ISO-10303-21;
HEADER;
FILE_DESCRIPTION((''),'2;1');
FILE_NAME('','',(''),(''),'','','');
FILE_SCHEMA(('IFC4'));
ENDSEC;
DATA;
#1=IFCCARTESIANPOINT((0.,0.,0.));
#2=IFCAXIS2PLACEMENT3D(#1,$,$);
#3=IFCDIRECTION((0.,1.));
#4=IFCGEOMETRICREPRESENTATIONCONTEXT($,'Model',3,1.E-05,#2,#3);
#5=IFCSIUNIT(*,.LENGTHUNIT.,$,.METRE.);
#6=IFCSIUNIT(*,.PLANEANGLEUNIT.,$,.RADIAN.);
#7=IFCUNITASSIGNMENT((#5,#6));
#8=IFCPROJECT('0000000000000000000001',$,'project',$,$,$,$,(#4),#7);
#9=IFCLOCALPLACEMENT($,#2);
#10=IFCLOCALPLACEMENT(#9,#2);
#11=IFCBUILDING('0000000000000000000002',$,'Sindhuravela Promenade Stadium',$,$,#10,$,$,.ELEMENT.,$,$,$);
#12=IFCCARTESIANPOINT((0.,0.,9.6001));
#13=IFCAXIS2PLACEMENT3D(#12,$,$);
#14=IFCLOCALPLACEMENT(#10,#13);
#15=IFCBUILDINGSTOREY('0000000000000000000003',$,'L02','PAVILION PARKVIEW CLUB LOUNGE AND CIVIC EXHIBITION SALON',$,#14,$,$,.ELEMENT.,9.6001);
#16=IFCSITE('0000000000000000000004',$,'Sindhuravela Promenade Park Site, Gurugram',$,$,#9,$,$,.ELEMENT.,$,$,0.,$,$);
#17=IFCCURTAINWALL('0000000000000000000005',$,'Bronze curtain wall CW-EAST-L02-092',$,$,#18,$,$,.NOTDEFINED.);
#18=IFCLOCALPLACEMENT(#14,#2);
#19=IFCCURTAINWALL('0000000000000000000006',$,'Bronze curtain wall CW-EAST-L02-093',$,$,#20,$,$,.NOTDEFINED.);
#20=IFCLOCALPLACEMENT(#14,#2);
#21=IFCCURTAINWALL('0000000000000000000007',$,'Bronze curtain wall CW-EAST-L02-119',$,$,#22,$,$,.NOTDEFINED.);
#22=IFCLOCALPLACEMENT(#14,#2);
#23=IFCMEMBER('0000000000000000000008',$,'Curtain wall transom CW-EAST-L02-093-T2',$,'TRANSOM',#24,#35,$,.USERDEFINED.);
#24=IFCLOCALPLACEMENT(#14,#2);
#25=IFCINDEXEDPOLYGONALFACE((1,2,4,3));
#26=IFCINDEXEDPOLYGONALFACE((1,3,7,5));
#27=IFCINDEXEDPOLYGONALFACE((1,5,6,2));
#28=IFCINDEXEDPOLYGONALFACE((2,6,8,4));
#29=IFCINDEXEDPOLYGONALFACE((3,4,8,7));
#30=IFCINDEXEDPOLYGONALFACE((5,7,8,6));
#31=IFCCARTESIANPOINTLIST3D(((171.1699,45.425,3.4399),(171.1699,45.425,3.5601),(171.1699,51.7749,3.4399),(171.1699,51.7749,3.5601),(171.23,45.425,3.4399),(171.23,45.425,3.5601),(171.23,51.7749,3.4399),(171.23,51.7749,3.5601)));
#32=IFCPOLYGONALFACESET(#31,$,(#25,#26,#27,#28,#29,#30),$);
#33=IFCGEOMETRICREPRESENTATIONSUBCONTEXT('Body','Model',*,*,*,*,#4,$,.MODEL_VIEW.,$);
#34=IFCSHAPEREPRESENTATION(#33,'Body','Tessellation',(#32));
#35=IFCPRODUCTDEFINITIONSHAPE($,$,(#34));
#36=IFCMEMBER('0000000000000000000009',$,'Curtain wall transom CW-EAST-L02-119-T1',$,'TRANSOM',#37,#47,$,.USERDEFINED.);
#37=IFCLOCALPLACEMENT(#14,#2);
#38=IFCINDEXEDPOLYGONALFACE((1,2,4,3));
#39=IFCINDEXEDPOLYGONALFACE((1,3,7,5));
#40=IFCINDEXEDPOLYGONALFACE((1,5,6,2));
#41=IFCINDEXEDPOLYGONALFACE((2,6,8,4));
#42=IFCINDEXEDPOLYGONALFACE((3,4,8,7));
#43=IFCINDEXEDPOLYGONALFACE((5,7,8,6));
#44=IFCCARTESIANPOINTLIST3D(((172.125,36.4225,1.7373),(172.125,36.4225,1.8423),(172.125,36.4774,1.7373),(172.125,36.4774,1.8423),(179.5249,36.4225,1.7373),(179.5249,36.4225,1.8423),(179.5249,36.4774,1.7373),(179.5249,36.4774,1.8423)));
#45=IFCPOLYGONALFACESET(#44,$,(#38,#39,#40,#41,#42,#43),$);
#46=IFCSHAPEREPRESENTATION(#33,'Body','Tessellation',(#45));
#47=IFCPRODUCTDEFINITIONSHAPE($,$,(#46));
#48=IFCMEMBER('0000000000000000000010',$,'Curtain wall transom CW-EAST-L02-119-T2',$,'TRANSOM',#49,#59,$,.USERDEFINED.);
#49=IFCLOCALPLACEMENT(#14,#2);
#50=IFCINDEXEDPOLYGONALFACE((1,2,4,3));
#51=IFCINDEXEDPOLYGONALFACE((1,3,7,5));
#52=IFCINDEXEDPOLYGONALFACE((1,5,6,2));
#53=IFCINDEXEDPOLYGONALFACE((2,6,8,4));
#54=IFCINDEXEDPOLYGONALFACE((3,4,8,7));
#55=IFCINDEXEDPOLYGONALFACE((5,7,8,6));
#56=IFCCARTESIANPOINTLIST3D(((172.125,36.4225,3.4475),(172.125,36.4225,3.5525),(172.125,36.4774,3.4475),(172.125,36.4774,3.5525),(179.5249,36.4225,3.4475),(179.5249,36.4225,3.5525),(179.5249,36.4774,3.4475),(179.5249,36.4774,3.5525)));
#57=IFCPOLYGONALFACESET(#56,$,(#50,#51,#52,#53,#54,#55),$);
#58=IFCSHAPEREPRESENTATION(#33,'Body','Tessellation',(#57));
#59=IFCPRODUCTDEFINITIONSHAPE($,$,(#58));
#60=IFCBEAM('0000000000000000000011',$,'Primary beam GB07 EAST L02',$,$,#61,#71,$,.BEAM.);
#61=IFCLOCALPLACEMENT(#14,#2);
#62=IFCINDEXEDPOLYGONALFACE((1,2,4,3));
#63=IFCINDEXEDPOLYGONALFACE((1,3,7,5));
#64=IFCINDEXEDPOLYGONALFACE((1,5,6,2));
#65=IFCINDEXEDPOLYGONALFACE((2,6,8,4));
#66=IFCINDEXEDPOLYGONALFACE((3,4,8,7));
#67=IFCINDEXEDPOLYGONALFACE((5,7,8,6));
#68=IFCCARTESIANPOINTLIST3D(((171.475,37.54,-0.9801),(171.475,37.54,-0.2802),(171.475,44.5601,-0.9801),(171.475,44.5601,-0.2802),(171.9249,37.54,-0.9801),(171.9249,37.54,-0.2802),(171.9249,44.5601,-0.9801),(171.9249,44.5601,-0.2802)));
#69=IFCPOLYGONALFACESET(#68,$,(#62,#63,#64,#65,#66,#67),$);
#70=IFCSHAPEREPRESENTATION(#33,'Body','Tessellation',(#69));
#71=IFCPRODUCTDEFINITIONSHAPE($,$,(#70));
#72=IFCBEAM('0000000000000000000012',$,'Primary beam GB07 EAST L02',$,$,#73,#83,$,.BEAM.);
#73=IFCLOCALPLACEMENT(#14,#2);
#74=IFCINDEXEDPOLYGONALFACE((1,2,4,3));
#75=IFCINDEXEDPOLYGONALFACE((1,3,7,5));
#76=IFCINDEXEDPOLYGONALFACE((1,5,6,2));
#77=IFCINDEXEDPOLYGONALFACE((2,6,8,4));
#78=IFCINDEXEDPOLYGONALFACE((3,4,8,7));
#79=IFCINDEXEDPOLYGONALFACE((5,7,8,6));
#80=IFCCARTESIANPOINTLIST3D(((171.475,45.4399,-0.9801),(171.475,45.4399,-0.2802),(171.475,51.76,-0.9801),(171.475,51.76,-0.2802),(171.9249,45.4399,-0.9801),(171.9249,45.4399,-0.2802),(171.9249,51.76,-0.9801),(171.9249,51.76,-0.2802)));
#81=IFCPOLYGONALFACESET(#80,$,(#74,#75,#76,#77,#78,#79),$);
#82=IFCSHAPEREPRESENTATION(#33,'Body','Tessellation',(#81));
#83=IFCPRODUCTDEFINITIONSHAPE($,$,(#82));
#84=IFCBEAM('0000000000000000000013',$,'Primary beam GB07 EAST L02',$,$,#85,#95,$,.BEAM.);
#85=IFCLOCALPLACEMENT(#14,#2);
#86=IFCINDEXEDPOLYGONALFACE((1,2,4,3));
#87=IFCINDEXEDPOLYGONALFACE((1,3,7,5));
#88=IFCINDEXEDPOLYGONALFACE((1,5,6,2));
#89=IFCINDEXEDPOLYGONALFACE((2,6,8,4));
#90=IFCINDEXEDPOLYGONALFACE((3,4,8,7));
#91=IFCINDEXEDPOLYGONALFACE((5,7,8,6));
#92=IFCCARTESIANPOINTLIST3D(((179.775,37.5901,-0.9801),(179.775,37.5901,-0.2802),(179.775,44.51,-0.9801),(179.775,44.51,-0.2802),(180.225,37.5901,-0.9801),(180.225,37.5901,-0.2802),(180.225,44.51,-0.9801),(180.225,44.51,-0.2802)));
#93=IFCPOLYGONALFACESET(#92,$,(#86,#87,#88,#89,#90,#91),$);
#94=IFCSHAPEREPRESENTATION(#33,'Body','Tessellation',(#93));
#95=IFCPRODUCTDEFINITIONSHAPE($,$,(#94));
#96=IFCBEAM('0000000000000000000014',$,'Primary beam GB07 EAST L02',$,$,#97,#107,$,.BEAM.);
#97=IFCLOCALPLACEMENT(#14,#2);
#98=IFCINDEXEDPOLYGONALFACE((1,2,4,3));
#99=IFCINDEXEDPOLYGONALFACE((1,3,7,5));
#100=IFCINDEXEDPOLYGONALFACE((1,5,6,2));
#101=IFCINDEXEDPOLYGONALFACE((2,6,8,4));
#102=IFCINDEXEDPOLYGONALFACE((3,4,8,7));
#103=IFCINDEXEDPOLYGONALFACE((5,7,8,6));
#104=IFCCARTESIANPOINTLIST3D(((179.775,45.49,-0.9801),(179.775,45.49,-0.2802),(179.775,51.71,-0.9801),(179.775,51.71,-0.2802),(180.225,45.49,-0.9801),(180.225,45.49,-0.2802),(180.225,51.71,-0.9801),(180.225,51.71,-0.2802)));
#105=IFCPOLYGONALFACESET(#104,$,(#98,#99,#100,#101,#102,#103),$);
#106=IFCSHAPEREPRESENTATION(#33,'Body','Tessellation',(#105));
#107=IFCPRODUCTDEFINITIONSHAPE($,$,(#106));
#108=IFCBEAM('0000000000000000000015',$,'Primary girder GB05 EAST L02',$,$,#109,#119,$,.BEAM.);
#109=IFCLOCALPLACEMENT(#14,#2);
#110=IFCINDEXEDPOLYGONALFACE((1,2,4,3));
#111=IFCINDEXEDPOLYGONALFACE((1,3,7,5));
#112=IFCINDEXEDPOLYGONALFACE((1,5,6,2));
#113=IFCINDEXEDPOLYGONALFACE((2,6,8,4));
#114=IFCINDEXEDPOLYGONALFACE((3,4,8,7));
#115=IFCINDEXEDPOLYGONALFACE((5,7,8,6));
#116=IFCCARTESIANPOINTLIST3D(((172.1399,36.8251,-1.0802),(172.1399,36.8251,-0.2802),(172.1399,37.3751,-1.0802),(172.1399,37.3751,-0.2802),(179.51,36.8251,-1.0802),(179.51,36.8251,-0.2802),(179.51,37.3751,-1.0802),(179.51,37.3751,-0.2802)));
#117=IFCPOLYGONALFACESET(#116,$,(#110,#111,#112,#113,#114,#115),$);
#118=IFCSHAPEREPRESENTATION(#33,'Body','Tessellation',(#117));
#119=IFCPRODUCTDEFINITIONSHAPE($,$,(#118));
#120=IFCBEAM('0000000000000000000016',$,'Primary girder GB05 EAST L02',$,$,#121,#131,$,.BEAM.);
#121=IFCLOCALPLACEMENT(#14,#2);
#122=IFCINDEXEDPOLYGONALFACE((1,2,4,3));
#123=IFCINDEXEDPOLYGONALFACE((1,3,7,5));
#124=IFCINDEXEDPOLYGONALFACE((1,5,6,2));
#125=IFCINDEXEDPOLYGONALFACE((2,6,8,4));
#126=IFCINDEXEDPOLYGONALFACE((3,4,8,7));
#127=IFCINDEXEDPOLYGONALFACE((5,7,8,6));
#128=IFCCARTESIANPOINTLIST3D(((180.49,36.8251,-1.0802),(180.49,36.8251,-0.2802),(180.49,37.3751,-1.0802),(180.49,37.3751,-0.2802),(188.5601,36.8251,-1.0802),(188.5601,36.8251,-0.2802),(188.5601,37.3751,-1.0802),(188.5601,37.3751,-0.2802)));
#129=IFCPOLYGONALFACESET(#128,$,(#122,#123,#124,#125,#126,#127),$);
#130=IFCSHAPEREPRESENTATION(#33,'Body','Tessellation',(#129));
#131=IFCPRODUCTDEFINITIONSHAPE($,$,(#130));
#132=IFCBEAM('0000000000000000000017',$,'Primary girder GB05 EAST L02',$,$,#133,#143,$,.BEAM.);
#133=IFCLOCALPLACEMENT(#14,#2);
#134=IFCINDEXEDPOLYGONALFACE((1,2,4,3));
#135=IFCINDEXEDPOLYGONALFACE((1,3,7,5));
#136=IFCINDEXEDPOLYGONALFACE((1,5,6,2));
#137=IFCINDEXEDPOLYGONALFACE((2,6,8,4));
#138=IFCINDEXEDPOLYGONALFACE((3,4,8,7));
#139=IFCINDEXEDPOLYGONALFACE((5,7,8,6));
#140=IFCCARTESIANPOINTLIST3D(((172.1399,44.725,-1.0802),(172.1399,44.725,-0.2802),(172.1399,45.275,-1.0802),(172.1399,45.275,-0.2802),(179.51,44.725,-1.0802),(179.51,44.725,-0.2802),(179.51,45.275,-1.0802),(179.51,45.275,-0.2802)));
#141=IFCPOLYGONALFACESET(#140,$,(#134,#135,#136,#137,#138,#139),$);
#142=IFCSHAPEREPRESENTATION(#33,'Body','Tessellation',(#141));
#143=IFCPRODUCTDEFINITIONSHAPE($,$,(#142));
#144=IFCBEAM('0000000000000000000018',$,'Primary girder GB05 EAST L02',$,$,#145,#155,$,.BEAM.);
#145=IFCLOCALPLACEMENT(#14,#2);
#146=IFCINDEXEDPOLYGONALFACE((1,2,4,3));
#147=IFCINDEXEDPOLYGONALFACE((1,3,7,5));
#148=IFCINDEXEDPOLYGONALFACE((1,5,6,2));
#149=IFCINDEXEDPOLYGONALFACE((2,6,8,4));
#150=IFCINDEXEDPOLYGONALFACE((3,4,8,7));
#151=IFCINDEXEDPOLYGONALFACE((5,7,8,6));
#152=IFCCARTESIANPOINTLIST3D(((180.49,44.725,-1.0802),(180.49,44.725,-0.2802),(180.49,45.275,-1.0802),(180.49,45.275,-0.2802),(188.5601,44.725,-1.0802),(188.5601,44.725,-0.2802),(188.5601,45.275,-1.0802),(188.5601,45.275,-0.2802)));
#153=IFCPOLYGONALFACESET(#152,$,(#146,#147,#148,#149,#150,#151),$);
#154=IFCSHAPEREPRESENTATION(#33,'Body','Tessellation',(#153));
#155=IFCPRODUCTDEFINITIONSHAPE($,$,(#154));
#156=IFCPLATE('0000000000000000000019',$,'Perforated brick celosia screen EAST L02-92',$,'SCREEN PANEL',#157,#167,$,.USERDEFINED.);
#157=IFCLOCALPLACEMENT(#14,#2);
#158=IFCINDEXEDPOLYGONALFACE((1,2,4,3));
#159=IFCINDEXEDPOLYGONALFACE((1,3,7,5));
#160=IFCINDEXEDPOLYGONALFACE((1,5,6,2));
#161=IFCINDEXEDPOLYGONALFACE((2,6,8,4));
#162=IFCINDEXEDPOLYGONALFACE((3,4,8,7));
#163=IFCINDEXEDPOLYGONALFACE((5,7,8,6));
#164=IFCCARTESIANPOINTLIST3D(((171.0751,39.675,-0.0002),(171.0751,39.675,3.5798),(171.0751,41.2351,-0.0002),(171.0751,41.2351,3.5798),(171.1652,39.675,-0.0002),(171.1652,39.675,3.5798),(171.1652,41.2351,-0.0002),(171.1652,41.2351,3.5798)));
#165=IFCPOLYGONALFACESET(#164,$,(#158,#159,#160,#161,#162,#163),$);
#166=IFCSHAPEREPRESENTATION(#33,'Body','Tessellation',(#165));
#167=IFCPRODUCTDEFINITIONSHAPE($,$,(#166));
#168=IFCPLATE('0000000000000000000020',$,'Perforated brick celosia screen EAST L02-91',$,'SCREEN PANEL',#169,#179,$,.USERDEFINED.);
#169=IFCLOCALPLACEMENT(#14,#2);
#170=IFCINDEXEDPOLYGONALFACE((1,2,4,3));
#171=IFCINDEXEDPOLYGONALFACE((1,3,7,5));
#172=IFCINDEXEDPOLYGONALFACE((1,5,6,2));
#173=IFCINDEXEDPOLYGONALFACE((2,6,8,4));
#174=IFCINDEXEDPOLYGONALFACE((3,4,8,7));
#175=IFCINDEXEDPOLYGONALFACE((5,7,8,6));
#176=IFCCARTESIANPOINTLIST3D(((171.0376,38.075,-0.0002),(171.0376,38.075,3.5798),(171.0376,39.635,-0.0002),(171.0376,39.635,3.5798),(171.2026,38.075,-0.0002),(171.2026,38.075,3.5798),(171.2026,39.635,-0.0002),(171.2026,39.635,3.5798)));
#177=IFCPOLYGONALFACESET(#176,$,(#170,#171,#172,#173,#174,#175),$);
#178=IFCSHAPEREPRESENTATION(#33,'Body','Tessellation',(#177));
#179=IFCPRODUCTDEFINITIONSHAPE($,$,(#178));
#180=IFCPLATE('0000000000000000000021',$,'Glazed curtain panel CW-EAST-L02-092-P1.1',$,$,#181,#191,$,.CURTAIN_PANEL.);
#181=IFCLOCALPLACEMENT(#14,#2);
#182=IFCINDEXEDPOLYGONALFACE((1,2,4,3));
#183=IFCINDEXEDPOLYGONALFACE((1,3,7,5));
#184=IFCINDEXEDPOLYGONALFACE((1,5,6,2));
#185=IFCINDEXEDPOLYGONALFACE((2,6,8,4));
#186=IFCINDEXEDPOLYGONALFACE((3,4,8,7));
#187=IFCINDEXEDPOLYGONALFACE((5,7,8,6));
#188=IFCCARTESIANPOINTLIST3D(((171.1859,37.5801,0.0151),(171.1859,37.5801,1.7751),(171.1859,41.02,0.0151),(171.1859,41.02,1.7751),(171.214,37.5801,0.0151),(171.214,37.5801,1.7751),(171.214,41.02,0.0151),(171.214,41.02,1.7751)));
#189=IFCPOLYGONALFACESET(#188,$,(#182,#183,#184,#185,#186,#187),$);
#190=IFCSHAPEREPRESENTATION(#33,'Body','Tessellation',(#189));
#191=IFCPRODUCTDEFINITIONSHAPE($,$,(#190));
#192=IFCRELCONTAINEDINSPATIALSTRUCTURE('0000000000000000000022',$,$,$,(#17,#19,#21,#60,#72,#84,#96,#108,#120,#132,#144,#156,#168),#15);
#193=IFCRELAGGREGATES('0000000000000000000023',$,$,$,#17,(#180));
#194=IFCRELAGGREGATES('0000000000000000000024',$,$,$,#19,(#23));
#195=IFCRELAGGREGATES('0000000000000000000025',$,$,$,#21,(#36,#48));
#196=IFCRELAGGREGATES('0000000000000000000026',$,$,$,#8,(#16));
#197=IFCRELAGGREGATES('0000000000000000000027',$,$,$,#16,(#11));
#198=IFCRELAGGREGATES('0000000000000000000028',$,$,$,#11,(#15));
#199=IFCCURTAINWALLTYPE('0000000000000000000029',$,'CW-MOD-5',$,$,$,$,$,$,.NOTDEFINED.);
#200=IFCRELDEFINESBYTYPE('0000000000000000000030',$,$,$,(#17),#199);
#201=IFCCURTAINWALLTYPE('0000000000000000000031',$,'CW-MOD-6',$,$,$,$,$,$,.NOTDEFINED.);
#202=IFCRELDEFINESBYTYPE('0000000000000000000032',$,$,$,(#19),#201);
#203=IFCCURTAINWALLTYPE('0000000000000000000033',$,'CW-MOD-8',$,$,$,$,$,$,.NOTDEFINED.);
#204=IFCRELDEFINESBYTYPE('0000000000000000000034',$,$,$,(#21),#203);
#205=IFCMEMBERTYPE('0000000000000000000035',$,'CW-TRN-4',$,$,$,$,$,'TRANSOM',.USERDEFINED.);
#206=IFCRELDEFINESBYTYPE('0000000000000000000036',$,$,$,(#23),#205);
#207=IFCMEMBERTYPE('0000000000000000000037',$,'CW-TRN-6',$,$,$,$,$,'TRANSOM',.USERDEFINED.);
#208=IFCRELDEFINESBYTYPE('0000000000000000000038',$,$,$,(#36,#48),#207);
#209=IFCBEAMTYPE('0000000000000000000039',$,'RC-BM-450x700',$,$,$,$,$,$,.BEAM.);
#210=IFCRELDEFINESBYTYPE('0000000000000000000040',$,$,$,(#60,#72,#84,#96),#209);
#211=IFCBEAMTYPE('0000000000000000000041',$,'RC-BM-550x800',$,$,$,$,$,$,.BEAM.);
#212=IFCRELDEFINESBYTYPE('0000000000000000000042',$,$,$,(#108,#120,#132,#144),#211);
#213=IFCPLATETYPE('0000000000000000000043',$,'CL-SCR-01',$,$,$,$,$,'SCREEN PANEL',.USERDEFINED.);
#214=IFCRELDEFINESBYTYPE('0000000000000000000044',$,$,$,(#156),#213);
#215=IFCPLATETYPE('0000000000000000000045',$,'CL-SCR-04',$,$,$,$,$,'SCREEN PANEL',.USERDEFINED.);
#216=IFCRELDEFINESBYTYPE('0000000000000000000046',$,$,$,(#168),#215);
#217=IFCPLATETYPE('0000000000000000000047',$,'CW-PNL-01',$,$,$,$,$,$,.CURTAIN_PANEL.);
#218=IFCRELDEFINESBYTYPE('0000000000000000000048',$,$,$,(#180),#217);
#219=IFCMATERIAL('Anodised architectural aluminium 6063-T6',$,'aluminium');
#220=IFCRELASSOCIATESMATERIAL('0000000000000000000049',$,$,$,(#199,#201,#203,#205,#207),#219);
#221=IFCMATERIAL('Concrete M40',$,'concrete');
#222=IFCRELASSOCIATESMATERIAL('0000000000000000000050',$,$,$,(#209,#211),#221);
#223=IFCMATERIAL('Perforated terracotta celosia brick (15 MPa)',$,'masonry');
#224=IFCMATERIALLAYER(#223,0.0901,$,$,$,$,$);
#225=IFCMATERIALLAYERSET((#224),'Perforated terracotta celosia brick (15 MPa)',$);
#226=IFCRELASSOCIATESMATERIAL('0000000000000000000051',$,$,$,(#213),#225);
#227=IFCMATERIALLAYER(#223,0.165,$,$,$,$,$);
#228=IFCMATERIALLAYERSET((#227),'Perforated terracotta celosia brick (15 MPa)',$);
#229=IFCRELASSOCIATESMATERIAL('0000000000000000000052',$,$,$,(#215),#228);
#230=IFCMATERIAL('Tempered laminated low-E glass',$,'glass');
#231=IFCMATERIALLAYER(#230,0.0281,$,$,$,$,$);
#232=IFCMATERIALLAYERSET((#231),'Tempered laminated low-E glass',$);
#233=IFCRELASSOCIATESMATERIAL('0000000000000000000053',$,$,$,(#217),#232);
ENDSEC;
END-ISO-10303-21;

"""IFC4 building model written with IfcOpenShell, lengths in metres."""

from ifc_helpers import new_model, si_unit, direction, frame, origin, origin_2d, place, context, subcontext, project, spatial, rectangle, extrude, material, layer, layer_set, material_profile, profile_set, type_object, element, aggregate, save


model = new_model("IFC4")

# Units and contexts
model_context = context("Model", 3, precision=1e-05, world=origin(), true_north=direction((0.0, 1.0)))
body_context = subcontext(model_context, "Body", "Model", "MODEL_VIEW")
ifc_project = project(units=[si_unit("LENGTHUNIT", "METRE"), si_unit("PLANEANGLEUNIT", "RADIAN")], contexts=[model_context])

# Site, building, storey
site_placement = place(None, origin())
site = spatial("IfcSite", under=ifc_project, at=site_placement, Name="Sindhuravela Promenade Park Site, Gurugram", CompositionType="ELEMENT", RefElevation=0.0)
building_placement = place(site_placement, origin())
building = spatial("IfcBuilding", under=site, at=building_placement, Name="Sindhuravela Promenade Stadium", CompositionType="ELEMENT")
storey_placement = place(building_placement, frame((0.0, 0.0, 9.6001)))
storey = spatial("IfcBuildingStorey", under=building, at=storey_placement, Name="L02", Description="PAVILION PARKVIEW CLUB LOUNGE AND CIVIC EXHIBITION SALON", CompositionType="ELEMENT", Elevation=9.6001)

# Shared definitions
ifc_material_1 = material(Name="Concrete M40", Category="concrete")

# Curtain walls
ifc_material_2 = material(Name="Anodised architectural aluminium 6063-T6", Category="aluminium")
curtain_wall_type_1 = type_object("IfcCurtainWallType", Name="CW-MOD-5", PredefinedType="NOTDEFINED", material=ifc_material_2)
curtain_wall_1_placement = place(storey_placement, origin())
curtain_wall_1 = element("IfcCurtainWall", 1, at=curtain_wall_1_placement, inside=storey, type_object=curtain_wall_type_1, Name="Bronze curtain wall CW-EAST-L02-092", PredefinedType="NOTDEFINED")
curtain_wall_type_2 = type_object("IfcCurtainWallType", Name="CW-MOD-6", PredefinedType="NOTDEFINED", material=ifc_material_2)
curtain_wall_2_placement = place(storey_placement, origin())
curtain_wall_2 = element("IfcCurtainWall", 2, at=curtain_wall_2_placement, inside=storey, type_object=curtain_wall_type_2, Name="Bronze curtain wall CW-EAST-L02-093", PredefinedType="NOTDEFINED")
curtain_wall_type_3 = type_object("IfcCurtainWallType", Name="CW-MOD-8", PredefinedType="NOTDEFINED", material=ifc_material_2)
curtain_wall_3_placement = place(storey_placement, origin())
curtain_wall_3 = element("IfcCurtainWall", 3, at=curtain_wall_3_placement, inside=storey, type_object=curtain_wall_type_3, Name="Bronze curtain wall CW-EAST-L02-119", PredefinedType="NOTDEFINED")

# Members
ifc_material_profile_1 = material_profile(ifc_material_2, rectangle(XDim=0.0601, YDim=0.1201, at=origin_2d()), Name="ALU T60x120")
ifc_profile_set_1 = profile_set([ifc_material_profile_1], Name="Anodised architectural aluminium 6063-T6")
member_type_1 = type_object("IfcMemberType", Name="CW-TRN-4", ElementType="TRANSOM", PredefinedType="USERDEFINED", material=ifc_profile_set_1)
member_1_placement = place(storey_placement, frame((171.2, 45.425, 3.5), z_axis=(0.0, 1.0, 0.0), x_axis=(-1.0, 0.0, 0.0)))
member_1 = element("IfcMember", 4, at=member_1_placement, type_object=member_type_1, Name="Curtain wall transom CW-EAST-L02-093-T2", ObjectType="TRANSOM", PredefinedType="USERDEFINED", context=body_context, shape_type="SweptSolid", body=[
    extrude(rectangle(XDim=0.0601, YDim=0.1201, at=origin_2d()), origin(), (0.0, 0.0, 1.0), 6.3499),
])
ifc_material_profile_2 = material_profile(ifc_material_2, rectangle(XDim=0.0549, YDim=0.105, at=origin_2d()), Name="ALU T55x105")
ifc_profile_set_2 = profile_set([ifc_material_profile_2], Name="Anodised architectural aluminium 6063-T6")
member_type_2 = type_object("IfcMemberType", Name="CW-TRN-6", ElementType="TRANSOM", PredefinedType="USERDEFINED", material=ifc_profile_set_2)
member_2_placement = place(storey_placement, frame((179.5249, 36.45, 1.7898), z_axis=(-1.0, 0.0, 0.0), x_axis=(0.0, -1.0, 0.0)))
member_2 = element("IfcMember", 5, at=member_2_placement, type_object=member_type_2, Name="Curtain wall transom CW-EAST-L02-119-T1", ObjectType="TRANSOM", PredefinedType="USERDEFINED", context=body_context, shape_type="SweptSolid", body=[
    extrude(rectangle(XDim=0.0549, YDim=0.105, at=origin_2d()), origin(), (0.0, 0.0, 1.0), 7.3999),
])
member_3_placement = place(storey_placement, frame((179.5249, 36.45, 3.5), z_axis=(-1.0, 0.0, 0.0), x_axis=(0.0, -1.0, 0.0)))
member_3 = element("IfcMember", 6, at=member_3_placement, type_object=member_type_2, Name="Curtain wall transom CW-EAST-L02-119-T2", ObjectType="TRANSOM", PredefinedType="USERDEFINED", context=body_context, shape_type="SweptSolid", body=[
    extrude(rectangle(XDim=0.0549, YDim=0.105, at=origin_2d()), origin(), (0.0, 0.0, 1.0), 7.3999),
])

# Beams
ifc_material_profile_3 = material_profile(ifc_material_1, rectangle(XDim=0.45, YDim=0.7, at=origin_2d()), Name="RC 450x700")
ifc_profile_set_3 = profile_set([ifc_material_profile_3], Name="Concrete M40")
beam_type_1 = type_object("IfcBeamType", Name="RC-BM-450x700", PredefinedType="BEAM", material=ifc_profile_set_3)
beam_1_placement = place(storey_placement, frame((171.7, 37.54, -0.6301), z_axis=(0.0, 1.0, 0.0), x_axis=(-1.0, 0.0, 0.0)))
element("IfcBeam", 7, at=beam_1_placement, inside=storey, type_object=beam_type_1, Name="Primary beam GB07 EAST L02", PredefinedType="BEAM", context=body_context, shape_type="SweptSolid", body=[
    extrude(rectangle(XDim=0.45, YDim=0.7, at=origin_2d()), origin(), (0.0, 0.0, 1.0), 7.02),
])
beam_2_placement = place(storey_placement, frame((171.7, 45.4399, -0.6301), z_axis=(0.0, 1.0, 0.0), x_axis=(-1.0, 0.0, 0.0)))
element("IfcBeam", 8, at=beam_2_placement, inside=storey, type_object=beam_type_1, Name="Primary beam GB07 EAST L02", PredefinedType="BEAM", context=body_context, shape_type="SweptSolid", body=[
    extrude(rectangle(XDim=0.45, YDim=0.7, at=origin_2d()), origin(), (0.0, 0.0, 1.0), 6.3201),
])
beam_3_placement = place(storey_placement, frame((180.0, 37.5901, -0.6301), z_axis=(0.0, 1.0, 0.0), x_axis=(-1.0, 0.0, 0.0)))
element("IfcBeam", 9, at=beam_3_placement, inside=storey, type_object=beam_type_1, Name="Primary beam GB07 EAST L02", PredefinedType="BEAM", context=body_context, shape_type="SweptSolid", body=[
    extrude(rectangle(XDim=0.45, YDim=0.7, at=origin_2d()), origin(), (0.0, 0.0, 1.0), 6.9199),
])
beam_4_placement = place(storey_placement, frame((180.0, 45.49, -0.6301), z_axis=(0.0, 1.0, 0.0), x_axis=(-1.0, 0.0, 0.0)))
element("IfcBeam", 10, at=beam_4_placement, inside=storey, type_object=beam_type_1, Name="Primary beam GB07 EAST L02", PredefinedType="BEAM", context=body_context, shape_type="SweptSolid", body=[
    extrude(rectangle(XDim=0.45, YDim=0.7, at=origin_2d()), origin(), (0.0, 0.0, 1.0), 6.22),
])
ifc_material_profile_4 = material_profile(ifc_material_1, rectangle(XDim=0.55, YDim=0.8, at=origin_2d()), Name="RC 550x800")
ifc_profile_set_4 = profile_set([ifc_material_profile_4], Name="Concrete M40")
beam_type_2 = type_object("IfcBeamType", Name="RC-BM-550x800", PredefinedType="BEAM", material=ifc_profile_set_4)
beam_5_placement = place(storey_placement, frame((172.1399, 37.1001, -0.6802), z_axis=(1.0, 0.0, 0.0), x_axis=(0.0, 1.0, 0.0)))
element("IfcBeam", 11, at=beam_5_placement, inside=storey, type_object=beam_type_2, Name="Primary girder GB05 EAST L02", PredefinedType="BEAM", context=body_context, shape_type="SweptSolid", body=[
    extrude(rectangle(XDim=0.55, YDim=0.8, at=origin_2d()), origin(), (0.0, 0.0, 1.0), 7.3701),
])
beam_6_placement = place(storey_placement, frame((180.49, 37.1001, -0.6802), z_axis=(1.0, 0.0, 0.0), x_axis=(0.0, 1.0, 0.0)))
element("IfcBeam", 12, at=beam_6_placement, inside=storey, type_object=beam_type_2, Name="Primary girder GB05 EAST L02", PredefinedType="BEAM", context=body_context, shape_type="SweptSolid", body=[
    extrude(rectangle(XDim=0.55, YDim=0.8, at=origin_2d()), origin(), (0.0, 0.0, 1.0), 8.0701),
])
beam_7_placement = place(storey_placement, frame((172.1399, 45.0, -0.6802), z_axis=(1.0, 0.0, 0.0), x_axis=(0.0, 1.0, 0.0)))
element("IfcBeam", 13, at=beam_7_placement, inside=storey, type_object=beam_type_2, Name="Primary girder GB05 EAST L02", PredefinedType="BEAM", context=body_context, shape_type="SweptSolid", body=[
    extrude(rectangle(XDim=0.55, YDim=0.8, at=origin_2d()), origin(), (0.0, 0.0, 1.0), 7.3701),
])
beam_8_placement = place(storey_placement, frame((180.49, 45.0, -0.6802), z_axis=(1.0, 0.0, 0.0), x_axis=(0.0, 1.0, 0.0)))
element("IfcBeam", 14, at=beam_8_placement, inside=storey, type_object=beam_type_2, Name="Primary girder GB05 EAST L02", PredefinedType="BEAM", context=body_context, shape_type="SweptSolid", body=[
    extrude(rectangle(XDim=0.55, YDim=0.8, at=origin_2d()), origin(), (0.0, 0.0, 1.0), 8.0701),
])

# Plates
ifc_material_3 = material(Name="Perforated terracotta celosia brick (15 MPa)", Category="masonry")
ifc_layer_1 = layer(ifc_material_3, 0.0901)
ifc_layer_set_1 = layer_set([ifc_layer_1], Name="Perforated terracotta celosia brick (15 MPa)")
plate_type_1 = type_object("IfcPlateType", Name="CL-SCR-01", ElementType="SCREEN PANEL", PredefinedType="USERDEFINED", material=ifc_layer_set_1)
plate_1_placement = place(storey_placement, frame((171.1201, 40.4551, -0.0002), z_axis=(0.0, 0.0, 1.0), x_axis=(0.0, 1.0, 0.0)))
element("IfcPlate", 15, at=plate_1_placement, inside=storey, type_object=plate_type_1, Name="Perforated brick celosia screen EAST L02-92", ObjectType="SCREEN PANEL", PredefinedType="USERDEFINED", context=body_context, shape_type="SweptSolid", body=[
    extrude(rectangle(XDim=1.5601, YDim=0.0901, at=origin_2d()), origin(), (0.0, 0.0, 1.0), 3.5801),
])
ifc_layer_2 = layer(ifc_material_3, 0.165)
ifc_layer_set_2 = layer_set([ifc_layer_2], Name="Perforated terracotta celosia brick (15 MPa)")
plate_type_2 = type_object("IfcPlateType", Name="CL-SCR-04", ElementType="SCREEN PANEL", PredefinedType="USERDEFINED", material=ifc_layer_set_2)
plate_2_placement = place(storey_placement, frame((171.1201, 38.855, -0.0002), z_axis=(0.0, 0.0, 1.0), x_axis=(0.0, 1.0, 0.0)))
element("IfcPlate", 16, at=plate_2_placement, inside=storey, type_object=plate_type_2, Name="Perforated brick celosia screen EAST L02-91", ObjectType="SCREEN PANEL", PredefinedType="USERDEFINED", context=body_context, shape_type="SweptSolid", body=[
    extrude(rectangle(XDim=1.5601, YDim=0.165, at=origin_2d()), origin(), (0.0, 0.0, 1.0), 3.5801),
])

# Plate
ifc_material_4 = material(Name="Tempered laminated low-E glass", Category="glass")
ifc_layer_3 = layer(ifc_material_4, 0.0281)
ifc_layer_set_3 = layer_set([ifc_layer_3], Name="Tempered laminated low-E glass")
plate_type_3 = type_object("IfcPlateType", Name="CW-PNL-01", PredefinedType="CURTAIN_PANEL", material=ifc_layer_set_3)
plate_3_placement = place(storey_placement, frame((171.2, 39.3, 0.0151), z_axis=(0.0, 0.0, 1.0), x_axis=(0.0, 1.0, 0.0)))
plate_3 = element("IfcPlate", 17, at=plate_3_placement, type_object=plate_type_3, Name="Glazed curtain panel CW-EAST-L02-092-P1.1", PredefinedType="CURTAIN_PANEL", context=body_context, shape_type="SweptSolid", body=[
    extrude(rectangle(XDim=3.4399, YDim=0.0281, at=origin_2d()), origin(), (0.0, 0.0, 1.0), 1.76),
])
aggregate(curtain_wall_1, [plate_3])
aggregate(curtain_wall_2, [member_1])
aggregate(curtain_wall_3, [member_2, member_3])

save(model, "model.ifc")
